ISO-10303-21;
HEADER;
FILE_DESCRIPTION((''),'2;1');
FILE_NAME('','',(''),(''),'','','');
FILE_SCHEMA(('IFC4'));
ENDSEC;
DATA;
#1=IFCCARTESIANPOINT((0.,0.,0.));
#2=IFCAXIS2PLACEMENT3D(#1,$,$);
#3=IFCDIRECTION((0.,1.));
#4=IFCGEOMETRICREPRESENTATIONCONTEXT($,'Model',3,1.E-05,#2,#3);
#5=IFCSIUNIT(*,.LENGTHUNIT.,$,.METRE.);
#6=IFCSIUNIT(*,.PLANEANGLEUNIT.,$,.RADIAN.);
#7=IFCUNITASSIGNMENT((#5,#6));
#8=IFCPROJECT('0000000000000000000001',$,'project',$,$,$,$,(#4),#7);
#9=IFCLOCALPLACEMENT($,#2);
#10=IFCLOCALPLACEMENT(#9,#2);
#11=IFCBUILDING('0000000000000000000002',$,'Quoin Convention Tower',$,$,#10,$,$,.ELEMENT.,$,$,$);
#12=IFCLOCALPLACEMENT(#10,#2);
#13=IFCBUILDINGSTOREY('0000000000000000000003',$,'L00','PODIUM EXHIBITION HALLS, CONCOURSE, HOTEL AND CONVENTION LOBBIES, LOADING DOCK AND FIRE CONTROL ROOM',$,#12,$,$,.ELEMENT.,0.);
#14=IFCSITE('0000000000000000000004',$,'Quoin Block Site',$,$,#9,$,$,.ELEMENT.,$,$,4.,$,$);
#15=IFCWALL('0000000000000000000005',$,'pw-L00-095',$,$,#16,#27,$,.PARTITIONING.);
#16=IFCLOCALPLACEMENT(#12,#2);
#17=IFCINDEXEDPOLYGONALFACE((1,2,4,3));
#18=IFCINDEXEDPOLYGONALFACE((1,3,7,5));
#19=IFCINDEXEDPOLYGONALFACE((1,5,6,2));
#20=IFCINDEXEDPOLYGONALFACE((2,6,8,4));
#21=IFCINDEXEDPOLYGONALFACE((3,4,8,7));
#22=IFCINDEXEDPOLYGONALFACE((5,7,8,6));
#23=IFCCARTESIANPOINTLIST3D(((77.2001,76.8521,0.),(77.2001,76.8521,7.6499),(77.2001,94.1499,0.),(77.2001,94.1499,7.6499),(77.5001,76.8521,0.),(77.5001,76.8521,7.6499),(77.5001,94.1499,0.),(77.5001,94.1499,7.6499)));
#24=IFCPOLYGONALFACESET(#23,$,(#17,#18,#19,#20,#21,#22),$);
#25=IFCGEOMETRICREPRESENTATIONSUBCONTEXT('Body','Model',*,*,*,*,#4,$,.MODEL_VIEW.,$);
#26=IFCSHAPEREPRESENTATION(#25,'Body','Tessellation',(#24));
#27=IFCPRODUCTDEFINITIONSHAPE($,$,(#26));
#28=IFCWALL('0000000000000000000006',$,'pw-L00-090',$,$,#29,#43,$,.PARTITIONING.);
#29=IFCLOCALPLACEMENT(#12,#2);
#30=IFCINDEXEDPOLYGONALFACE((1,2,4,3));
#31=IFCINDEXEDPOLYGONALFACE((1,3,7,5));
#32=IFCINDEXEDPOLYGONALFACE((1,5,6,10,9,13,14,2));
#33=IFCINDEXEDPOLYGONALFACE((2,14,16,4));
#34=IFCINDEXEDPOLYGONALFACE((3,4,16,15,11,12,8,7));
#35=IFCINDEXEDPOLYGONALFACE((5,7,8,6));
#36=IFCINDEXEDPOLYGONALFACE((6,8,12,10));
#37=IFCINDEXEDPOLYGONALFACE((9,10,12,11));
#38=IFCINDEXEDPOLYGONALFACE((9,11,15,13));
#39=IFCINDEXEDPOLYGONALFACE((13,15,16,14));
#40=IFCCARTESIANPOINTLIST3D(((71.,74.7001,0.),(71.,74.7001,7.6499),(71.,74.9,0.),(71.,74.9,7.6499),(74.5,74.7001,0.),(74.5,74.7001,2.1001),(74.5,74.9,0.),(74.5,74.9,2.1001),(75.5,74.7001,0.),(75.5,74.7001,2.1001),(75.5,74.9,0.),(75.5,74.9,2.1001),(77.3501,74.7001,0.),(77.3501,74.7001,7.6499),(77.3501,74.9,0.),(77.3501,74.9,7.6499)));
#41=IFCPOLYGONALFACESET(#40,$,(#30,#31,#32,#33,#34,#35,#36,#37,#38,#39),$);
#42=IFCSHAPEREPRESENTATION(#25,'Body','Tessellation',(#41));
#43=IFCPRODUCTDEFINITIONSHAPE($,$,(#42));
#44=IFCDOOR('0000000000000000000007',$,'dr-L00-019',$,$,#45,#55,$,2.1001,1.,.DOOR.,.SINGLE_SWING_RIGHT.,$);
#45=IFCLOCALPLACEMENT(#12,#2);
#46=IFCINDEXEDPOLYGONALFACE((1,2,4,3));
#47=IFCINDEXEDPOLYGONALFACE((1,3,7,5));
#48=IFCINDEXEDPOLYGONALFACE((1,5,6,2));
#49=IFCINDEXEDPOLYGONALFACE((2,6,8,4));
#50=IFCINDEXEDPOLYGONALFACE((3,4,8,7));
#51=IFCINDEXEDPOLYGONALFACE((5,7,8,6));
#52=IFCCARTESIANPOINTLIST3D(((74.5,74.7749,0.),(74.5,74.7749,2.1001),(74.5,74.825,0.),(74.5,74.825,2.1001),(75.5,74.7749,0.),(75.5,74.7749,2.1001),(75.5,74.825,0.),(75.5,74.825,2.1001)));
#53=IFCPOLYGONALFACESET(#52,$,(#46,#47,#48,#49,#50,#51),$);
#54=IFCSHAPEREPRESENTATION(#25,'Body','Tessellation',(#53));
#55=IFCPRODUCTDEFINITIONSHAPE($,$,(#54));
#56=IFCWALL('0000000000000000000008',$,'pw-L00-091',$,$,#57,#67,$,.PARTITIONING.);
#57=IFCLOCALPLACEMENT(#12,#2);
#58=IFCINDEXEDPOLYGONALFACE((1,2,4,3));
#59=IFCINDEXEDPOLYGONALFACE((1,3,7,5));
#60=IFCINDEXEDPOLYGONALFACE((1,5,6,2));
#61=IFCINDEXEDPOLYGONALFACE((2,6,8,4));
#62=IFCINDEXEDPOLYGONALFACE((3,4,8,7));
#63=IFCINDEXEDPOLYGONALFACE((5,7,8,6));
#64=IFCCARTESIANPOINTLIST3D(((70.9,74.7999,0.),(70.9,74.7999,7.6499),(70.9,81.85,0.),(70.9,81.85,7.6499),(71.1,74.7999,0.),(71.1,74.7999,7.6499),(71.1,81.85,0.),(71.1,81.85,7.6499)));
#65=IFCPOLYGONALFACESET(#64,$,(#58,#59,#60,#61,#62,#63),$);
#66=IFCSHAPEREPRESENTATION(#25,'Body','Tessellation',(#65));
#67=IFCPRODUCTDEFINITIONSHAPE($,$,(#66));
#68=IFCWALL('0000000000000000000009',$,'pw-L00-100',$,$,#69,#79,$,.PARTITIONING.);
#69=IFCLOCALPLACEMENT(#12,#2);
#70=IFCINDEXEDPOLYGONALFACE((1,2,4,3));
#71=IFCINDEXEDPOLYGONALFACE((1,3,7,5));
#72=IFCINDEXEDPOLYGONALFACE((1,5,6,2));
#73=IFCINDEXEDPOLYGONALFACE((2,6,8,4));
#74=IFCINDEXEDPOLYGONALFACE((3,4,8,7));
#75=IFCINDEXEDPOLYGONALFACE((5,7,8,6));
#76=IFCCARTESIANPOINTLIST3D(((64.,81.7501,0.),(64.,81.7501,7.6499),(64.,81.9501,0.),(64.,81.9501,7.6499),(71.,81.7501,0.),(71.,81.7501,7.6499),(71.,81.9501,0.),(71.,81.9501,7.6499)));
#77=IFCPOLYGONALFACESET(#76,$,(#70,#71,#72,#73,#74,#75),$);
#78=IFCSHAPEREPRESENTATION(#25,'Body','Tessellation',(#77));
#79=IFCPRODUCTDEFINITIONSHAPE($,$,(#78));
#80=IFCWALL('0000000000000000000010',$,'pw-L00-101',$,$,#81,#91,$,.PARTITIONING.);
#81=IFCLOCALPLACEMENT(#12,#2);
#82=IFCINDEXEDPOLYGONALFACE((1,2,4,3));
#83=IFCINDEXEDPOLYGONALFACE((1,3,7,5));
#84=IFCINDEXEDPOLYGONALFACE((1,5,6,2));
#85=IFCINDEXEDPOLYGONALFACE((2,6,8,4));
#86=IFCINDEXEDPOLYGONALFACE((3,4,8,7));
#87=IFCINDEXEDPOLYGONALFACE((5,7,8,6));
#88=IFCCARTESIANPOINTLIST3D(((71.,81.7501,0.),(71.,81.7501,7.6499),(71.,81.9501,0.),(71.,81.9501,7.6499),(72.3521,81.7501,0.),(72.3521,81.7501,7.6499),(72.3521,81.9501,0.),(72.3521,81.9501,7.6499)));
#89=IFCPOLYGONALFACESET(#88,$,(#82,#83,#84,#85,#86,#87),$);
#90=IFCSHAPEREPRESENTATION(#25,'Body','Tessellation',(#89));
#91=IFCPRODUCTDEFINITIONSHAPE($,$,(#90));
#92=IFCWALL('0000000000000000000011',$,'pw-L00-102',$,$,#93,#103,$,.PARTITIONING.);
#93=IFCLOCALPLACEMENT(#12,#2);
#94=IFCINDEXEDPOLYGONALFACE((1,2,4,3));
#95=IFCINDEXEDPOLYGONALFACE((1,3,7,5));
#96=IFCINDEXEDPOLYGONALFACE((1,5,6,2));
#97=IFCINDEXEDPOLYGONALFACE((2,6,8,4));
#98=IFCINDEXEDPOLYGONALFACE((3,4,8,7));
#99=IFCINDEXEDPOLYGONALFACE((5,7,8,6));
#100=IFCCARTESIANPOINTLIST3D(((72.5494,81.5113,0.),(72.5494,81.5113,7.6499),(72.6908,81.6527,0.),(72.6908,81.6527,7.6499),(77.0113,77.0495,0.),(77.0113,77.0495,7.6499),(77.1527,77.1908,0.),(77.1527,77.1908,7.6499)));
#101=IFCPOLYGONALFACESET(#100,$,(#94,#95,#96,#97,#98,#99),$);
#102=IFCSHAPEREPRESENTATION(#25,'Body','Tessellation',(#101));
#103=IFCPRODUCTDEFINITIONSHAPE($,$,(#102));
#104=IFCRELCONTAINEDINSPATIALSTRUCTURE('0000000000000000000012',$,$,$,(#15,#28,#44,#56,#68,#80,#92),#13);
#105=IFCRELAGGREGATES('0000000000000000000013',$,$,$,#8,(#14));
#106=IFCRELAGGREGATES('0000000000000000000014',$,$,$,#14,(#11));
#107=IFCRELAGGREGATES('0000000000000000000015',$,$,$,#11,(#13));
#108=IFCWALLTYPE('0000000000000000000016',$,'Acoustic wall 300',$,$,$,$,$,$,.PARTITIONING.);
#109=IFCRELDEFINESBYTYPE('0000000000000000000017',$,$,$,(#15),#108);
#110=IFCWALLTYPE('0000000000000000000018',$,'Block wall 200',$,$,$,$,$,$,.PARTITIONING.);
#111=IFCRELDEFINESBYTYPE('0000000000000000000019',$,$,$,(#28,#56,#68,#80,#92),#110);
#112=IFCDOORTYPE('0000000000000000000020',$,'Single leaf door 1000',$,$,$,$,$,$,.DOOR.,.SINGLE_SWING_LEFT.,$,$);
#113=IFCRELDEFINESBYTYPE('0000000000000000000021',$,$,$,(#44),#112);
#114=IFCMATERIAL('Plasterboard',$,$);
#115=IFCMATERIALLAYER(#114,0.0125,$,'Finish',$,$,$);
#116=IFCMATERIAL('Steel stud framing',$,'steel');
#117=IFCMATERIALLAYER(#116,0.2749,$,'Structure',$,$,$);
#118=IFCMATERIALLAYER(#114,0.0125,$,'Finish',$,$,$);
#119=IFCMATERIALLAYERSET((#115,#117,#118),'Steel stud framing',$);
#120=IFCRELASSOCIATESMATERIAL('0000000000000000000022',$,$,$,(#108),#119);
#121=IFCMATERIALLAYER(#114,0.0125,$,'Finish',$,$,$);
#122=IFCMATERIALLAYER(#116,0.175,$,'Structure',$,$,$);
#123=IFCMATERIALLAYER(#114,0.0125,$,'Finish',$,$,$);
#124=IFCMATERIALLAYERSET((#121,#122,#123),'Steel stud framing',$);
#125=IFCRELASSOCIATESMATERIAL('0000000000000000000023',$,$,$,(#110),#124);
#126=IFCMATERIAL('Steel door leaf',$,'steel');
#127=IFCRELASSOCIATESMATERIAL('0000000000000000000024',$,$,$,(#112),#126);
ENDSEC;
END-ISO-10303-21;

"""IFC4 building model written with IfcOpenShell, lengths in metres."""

from ifc_helpers import new_model, si_unit, direction, frame, frame_2d, origin, place, context, subcontext, project, spatial, rectangle, extrude, material, layer, layer_set, type_object, element, fill, save


model = new_model("IFC4")

# Units and contexts
model_context = context("Model", 3, precision=1e-05, world=origin(), true_north=direction((0.0, 1.0)))
body_context = subcontext(model_context, "Body", "Model", "MODEL_VIEW")
ifc_project = project(units=[si_unit("LENGTHUNIT", "METRE"), si_unit("PLANEANGLEUNIT", "RADIAN")], contexts=[model_context])

# Site, building, storey
site_placement = place(None, origin())
site = spatial("IfcSite", under=ifc_project, at=site_placement, Name="Quoin Block Site", CompositionType="ELEMENT", RefElevation=4.0)
building_placement = place(site_placement, origin())
building = spatial("IfcBuilding", under=site, at=building_placement, Name="Quoin Convention Tower", CompositionType="ELEMENT")
storey_placement = place(building_placement, origin())
storey = spatial("IfcBuildingStorey", under=building, at=storey_placement, Name="L00", Description="PODIUM EXHIBITION HALLS, CONCOURSE, HOTEL AND CONVENTION LOBBIES, LOADING DOCK AND FIRE CONTROL ROOM", CompositionType="ELEMENT", Elevation=0.0)

# Wall
ifc_material_1 = material(Name="Plasterboard")
ifc_layer_1 = layer(ifc_material_1, 0.0125, Name="Finish")
ifc_material_2 = material(Name="Steel stud framing", Category="steel")
ifc_layer_2 = layer(ifc_material_2, 0.2749, Name="Structure")
ifc_layer_3 = layer(ifc_material_1, 0.0125, Name="Finish")
ifc_layer_set_1 = layer_set([ifc_layer_1, ifc_layer_2, ifc_layer_3], Name="Steel stud framing")
wall_type_1 = type_object("IfcWallType", Name="Acoustic wall 300", PredefinedType="PARTITIONING", material=ifc_layer_set_1)
wall_1_placement = place(storey_placement, frame((77.3501, 76.8521, 0.0), z_axis=(0.0, 0.0, 1.0), x_axis=(0.0, 1.0, 0.0)))
element("IfcWall", 1, at=wall_1_placement, inside=storey, type_object=wall_type_1, Name="pw-L00-095", PredefinedType="PARTITIONING", context=body_context, shape_type="SweptSolid", body=[
    extrude(rectangle(XDim=17.2979, YDim=0.3, at=frame_2d((8.6489, 0.0))), origin(), (0.0, 0.0, 1.0), 7.6499),
])

# Wall, opening, door
ifc_layer_4 = layer(ifc_material_1, 0.0125, Name="Finish")
ifc_layer_5 = layer(ifc_material_2, 0.175, Name="Structure")
ifc_layer_6 = layer(ifc_material_1, 0.0125, Name="Finish")
ifc_layer_set_2 = layer_set([ifc_layer_4, ifc_layer_5, ifc_layer_6], Name="Steel stud framing")
wall_type_2 = type_object("IfcWallType", Name="Block wall 200", PredefinedType="PARTITIONING", material=ifc_layer_set_2)
wall_2_placement = place(storey_placement, frame((71.0, 74.8, 0.0), z_axis=(0.0, 0.0, 1.0), x_axis=(1.0, 0.0, 0.0)))
wall_2 = element("IfcWall", 2, at=wall_2_placement, inside=storey, type_object=wall_type_2, Name="pw-L00-090", PredefinedType="PARTITIONING", context=body_context, shape_type="SweptSolid", body=[
    extrude(rectangle(XDim=6.3501, YDim=0.2, at=frame_2d((3.175, 0.0))), origin(), (0.0, 0.0, 1.0), 7.6499),
])
opening_placement = place(wall_2_placement, frame((3.5, 0.0, 0.0)))
opening = element("IfcOpeningElement", 3, at=opening_placement, cuts=wall_2, PredefinedType="OPENING", context=body_context, shape_type="SweptSolid", body=[
    extrude(rectangle(XDim=1.0, YDim=2.1001, at=frame_2d((0.5, 1.05))), frame((0.0, 0.1099, 0.0), z_axis=(0.0, -1.0, 0.0), x_axis=(1.0, 0.0, 0.0)), (0.0, 0.0, 1.0), 0.22),
])
ifc_material_3 = material(Name="Steel door leaf", Category="steel")
door_type = type_object("IfcDoorType", Name="Single leaf door 1000", OperationType="SINGLE_SWING_LEFT", PredefinedType="DOOR", material=ifc_material_3)
door_placement = place(opening_placement, origin())
door = element("IfcDoor", 4, at=door_placement, inside=storey, type_object=door_type, Name="dr-L00-019", OperationType="SINGLE_SWING_RIGHT", OverallHeight=2.1001, OverallWidth=1.0, PredefinedType="DOOR", context=body_context, shape_type="SweptSolid", body=[
    extrude(rectangle(XDim=1.0, YDim=2.1001, at=frame_2d((0.5, 1.05))), frame((0.0, 0.0249, 0.0), z_axis=(0.0, -1.0, 0.0), x_axis=(1.0, 0.0, 0.0)), (0.0, 0.0, 1.0), 0.05),
])
fill(opening, door)

# Walls
wall_3_placement = place(storey_placement, frame((71.0, 74.8, 0.0), z_axis=(0.0, 0.0, 1.0), x_axis=(0.0, 1.0, 0.0)))
element("IfcWall", 5, at=wall_3_placement, inside=storey, type_object=wall_type_2, Name="pw-L00-091", PredefinedType="PARTITIONING", context=body_context, shape_type="SweptSolid", body=[
    extrude(rectangle(XDim=7.05, YDim=0.2, at=frame_2d((3.5249, 0.0))), origin(), (0.0, 0.0, 1.0), 7.6499),
])
wall_4_placement = place(storey_placement, frame((64.0, 81.8501, 0.0), z_axis=(0.0, 0.0, 1.0), x_axis=(1.0, 0.0, 0.0)))
element("IfcWall", 6, at=wall_4_placement, inside=storey, type_object=wall_type_2, Name="pw-L00-100", PredefinedType="PARTITIONING", context=body_context, shape_type="SweptSolid", body=[
    extrude(rectangle(XDim=7.0, YDim=0.2, at=frame_2d((3.5, 0.0))), origin(), (0.0, 0.0, 1.0), 7.6499),
])
wall_5_placement = place(storey_placement, frame((71.0, 81.8501, 0.0), z_axis=(0.0, 0.0, 1.0), x_axis=(1.0, 0.0, 0.0)))
element("IfcWall", 7, at=wall_5_placement, inside=storey, type_object=wall_type_2, Name="pw-L00-101", PredefinedType="PARTITIONING", context=body_context, shape_type="SweptSolid", body=[
    extrude(rectangle(XDim=1.3521, YDim=0.2, at=frame_2d((0.676, 0.0))), origin(), (0.0, 0.0, 1.0), 7.6499),
])
wall_6_placement = place(storey_placement, frame((72.6201, 81.582, 0.0), z_axis=(0.0, 0.0, 1.0), x_axis=(0.707107, -0.707107, 0.0)))
element("IfcWall", 8, at=wall_6_placement, inside=storey, type_object=wall_type_2, Name="pw-L00-102", PredefinedType="PARTITIONING", context=body_context, shape_type="SweptSolid", body=[
    extrude(rectangle(XDim=6.3101, YDim=0.2, at=frame_2d((3.155, 0.0))), origin(), (0.0, 0.0, 1.0), 7.6499),
])

save(model, "model.ifc")
